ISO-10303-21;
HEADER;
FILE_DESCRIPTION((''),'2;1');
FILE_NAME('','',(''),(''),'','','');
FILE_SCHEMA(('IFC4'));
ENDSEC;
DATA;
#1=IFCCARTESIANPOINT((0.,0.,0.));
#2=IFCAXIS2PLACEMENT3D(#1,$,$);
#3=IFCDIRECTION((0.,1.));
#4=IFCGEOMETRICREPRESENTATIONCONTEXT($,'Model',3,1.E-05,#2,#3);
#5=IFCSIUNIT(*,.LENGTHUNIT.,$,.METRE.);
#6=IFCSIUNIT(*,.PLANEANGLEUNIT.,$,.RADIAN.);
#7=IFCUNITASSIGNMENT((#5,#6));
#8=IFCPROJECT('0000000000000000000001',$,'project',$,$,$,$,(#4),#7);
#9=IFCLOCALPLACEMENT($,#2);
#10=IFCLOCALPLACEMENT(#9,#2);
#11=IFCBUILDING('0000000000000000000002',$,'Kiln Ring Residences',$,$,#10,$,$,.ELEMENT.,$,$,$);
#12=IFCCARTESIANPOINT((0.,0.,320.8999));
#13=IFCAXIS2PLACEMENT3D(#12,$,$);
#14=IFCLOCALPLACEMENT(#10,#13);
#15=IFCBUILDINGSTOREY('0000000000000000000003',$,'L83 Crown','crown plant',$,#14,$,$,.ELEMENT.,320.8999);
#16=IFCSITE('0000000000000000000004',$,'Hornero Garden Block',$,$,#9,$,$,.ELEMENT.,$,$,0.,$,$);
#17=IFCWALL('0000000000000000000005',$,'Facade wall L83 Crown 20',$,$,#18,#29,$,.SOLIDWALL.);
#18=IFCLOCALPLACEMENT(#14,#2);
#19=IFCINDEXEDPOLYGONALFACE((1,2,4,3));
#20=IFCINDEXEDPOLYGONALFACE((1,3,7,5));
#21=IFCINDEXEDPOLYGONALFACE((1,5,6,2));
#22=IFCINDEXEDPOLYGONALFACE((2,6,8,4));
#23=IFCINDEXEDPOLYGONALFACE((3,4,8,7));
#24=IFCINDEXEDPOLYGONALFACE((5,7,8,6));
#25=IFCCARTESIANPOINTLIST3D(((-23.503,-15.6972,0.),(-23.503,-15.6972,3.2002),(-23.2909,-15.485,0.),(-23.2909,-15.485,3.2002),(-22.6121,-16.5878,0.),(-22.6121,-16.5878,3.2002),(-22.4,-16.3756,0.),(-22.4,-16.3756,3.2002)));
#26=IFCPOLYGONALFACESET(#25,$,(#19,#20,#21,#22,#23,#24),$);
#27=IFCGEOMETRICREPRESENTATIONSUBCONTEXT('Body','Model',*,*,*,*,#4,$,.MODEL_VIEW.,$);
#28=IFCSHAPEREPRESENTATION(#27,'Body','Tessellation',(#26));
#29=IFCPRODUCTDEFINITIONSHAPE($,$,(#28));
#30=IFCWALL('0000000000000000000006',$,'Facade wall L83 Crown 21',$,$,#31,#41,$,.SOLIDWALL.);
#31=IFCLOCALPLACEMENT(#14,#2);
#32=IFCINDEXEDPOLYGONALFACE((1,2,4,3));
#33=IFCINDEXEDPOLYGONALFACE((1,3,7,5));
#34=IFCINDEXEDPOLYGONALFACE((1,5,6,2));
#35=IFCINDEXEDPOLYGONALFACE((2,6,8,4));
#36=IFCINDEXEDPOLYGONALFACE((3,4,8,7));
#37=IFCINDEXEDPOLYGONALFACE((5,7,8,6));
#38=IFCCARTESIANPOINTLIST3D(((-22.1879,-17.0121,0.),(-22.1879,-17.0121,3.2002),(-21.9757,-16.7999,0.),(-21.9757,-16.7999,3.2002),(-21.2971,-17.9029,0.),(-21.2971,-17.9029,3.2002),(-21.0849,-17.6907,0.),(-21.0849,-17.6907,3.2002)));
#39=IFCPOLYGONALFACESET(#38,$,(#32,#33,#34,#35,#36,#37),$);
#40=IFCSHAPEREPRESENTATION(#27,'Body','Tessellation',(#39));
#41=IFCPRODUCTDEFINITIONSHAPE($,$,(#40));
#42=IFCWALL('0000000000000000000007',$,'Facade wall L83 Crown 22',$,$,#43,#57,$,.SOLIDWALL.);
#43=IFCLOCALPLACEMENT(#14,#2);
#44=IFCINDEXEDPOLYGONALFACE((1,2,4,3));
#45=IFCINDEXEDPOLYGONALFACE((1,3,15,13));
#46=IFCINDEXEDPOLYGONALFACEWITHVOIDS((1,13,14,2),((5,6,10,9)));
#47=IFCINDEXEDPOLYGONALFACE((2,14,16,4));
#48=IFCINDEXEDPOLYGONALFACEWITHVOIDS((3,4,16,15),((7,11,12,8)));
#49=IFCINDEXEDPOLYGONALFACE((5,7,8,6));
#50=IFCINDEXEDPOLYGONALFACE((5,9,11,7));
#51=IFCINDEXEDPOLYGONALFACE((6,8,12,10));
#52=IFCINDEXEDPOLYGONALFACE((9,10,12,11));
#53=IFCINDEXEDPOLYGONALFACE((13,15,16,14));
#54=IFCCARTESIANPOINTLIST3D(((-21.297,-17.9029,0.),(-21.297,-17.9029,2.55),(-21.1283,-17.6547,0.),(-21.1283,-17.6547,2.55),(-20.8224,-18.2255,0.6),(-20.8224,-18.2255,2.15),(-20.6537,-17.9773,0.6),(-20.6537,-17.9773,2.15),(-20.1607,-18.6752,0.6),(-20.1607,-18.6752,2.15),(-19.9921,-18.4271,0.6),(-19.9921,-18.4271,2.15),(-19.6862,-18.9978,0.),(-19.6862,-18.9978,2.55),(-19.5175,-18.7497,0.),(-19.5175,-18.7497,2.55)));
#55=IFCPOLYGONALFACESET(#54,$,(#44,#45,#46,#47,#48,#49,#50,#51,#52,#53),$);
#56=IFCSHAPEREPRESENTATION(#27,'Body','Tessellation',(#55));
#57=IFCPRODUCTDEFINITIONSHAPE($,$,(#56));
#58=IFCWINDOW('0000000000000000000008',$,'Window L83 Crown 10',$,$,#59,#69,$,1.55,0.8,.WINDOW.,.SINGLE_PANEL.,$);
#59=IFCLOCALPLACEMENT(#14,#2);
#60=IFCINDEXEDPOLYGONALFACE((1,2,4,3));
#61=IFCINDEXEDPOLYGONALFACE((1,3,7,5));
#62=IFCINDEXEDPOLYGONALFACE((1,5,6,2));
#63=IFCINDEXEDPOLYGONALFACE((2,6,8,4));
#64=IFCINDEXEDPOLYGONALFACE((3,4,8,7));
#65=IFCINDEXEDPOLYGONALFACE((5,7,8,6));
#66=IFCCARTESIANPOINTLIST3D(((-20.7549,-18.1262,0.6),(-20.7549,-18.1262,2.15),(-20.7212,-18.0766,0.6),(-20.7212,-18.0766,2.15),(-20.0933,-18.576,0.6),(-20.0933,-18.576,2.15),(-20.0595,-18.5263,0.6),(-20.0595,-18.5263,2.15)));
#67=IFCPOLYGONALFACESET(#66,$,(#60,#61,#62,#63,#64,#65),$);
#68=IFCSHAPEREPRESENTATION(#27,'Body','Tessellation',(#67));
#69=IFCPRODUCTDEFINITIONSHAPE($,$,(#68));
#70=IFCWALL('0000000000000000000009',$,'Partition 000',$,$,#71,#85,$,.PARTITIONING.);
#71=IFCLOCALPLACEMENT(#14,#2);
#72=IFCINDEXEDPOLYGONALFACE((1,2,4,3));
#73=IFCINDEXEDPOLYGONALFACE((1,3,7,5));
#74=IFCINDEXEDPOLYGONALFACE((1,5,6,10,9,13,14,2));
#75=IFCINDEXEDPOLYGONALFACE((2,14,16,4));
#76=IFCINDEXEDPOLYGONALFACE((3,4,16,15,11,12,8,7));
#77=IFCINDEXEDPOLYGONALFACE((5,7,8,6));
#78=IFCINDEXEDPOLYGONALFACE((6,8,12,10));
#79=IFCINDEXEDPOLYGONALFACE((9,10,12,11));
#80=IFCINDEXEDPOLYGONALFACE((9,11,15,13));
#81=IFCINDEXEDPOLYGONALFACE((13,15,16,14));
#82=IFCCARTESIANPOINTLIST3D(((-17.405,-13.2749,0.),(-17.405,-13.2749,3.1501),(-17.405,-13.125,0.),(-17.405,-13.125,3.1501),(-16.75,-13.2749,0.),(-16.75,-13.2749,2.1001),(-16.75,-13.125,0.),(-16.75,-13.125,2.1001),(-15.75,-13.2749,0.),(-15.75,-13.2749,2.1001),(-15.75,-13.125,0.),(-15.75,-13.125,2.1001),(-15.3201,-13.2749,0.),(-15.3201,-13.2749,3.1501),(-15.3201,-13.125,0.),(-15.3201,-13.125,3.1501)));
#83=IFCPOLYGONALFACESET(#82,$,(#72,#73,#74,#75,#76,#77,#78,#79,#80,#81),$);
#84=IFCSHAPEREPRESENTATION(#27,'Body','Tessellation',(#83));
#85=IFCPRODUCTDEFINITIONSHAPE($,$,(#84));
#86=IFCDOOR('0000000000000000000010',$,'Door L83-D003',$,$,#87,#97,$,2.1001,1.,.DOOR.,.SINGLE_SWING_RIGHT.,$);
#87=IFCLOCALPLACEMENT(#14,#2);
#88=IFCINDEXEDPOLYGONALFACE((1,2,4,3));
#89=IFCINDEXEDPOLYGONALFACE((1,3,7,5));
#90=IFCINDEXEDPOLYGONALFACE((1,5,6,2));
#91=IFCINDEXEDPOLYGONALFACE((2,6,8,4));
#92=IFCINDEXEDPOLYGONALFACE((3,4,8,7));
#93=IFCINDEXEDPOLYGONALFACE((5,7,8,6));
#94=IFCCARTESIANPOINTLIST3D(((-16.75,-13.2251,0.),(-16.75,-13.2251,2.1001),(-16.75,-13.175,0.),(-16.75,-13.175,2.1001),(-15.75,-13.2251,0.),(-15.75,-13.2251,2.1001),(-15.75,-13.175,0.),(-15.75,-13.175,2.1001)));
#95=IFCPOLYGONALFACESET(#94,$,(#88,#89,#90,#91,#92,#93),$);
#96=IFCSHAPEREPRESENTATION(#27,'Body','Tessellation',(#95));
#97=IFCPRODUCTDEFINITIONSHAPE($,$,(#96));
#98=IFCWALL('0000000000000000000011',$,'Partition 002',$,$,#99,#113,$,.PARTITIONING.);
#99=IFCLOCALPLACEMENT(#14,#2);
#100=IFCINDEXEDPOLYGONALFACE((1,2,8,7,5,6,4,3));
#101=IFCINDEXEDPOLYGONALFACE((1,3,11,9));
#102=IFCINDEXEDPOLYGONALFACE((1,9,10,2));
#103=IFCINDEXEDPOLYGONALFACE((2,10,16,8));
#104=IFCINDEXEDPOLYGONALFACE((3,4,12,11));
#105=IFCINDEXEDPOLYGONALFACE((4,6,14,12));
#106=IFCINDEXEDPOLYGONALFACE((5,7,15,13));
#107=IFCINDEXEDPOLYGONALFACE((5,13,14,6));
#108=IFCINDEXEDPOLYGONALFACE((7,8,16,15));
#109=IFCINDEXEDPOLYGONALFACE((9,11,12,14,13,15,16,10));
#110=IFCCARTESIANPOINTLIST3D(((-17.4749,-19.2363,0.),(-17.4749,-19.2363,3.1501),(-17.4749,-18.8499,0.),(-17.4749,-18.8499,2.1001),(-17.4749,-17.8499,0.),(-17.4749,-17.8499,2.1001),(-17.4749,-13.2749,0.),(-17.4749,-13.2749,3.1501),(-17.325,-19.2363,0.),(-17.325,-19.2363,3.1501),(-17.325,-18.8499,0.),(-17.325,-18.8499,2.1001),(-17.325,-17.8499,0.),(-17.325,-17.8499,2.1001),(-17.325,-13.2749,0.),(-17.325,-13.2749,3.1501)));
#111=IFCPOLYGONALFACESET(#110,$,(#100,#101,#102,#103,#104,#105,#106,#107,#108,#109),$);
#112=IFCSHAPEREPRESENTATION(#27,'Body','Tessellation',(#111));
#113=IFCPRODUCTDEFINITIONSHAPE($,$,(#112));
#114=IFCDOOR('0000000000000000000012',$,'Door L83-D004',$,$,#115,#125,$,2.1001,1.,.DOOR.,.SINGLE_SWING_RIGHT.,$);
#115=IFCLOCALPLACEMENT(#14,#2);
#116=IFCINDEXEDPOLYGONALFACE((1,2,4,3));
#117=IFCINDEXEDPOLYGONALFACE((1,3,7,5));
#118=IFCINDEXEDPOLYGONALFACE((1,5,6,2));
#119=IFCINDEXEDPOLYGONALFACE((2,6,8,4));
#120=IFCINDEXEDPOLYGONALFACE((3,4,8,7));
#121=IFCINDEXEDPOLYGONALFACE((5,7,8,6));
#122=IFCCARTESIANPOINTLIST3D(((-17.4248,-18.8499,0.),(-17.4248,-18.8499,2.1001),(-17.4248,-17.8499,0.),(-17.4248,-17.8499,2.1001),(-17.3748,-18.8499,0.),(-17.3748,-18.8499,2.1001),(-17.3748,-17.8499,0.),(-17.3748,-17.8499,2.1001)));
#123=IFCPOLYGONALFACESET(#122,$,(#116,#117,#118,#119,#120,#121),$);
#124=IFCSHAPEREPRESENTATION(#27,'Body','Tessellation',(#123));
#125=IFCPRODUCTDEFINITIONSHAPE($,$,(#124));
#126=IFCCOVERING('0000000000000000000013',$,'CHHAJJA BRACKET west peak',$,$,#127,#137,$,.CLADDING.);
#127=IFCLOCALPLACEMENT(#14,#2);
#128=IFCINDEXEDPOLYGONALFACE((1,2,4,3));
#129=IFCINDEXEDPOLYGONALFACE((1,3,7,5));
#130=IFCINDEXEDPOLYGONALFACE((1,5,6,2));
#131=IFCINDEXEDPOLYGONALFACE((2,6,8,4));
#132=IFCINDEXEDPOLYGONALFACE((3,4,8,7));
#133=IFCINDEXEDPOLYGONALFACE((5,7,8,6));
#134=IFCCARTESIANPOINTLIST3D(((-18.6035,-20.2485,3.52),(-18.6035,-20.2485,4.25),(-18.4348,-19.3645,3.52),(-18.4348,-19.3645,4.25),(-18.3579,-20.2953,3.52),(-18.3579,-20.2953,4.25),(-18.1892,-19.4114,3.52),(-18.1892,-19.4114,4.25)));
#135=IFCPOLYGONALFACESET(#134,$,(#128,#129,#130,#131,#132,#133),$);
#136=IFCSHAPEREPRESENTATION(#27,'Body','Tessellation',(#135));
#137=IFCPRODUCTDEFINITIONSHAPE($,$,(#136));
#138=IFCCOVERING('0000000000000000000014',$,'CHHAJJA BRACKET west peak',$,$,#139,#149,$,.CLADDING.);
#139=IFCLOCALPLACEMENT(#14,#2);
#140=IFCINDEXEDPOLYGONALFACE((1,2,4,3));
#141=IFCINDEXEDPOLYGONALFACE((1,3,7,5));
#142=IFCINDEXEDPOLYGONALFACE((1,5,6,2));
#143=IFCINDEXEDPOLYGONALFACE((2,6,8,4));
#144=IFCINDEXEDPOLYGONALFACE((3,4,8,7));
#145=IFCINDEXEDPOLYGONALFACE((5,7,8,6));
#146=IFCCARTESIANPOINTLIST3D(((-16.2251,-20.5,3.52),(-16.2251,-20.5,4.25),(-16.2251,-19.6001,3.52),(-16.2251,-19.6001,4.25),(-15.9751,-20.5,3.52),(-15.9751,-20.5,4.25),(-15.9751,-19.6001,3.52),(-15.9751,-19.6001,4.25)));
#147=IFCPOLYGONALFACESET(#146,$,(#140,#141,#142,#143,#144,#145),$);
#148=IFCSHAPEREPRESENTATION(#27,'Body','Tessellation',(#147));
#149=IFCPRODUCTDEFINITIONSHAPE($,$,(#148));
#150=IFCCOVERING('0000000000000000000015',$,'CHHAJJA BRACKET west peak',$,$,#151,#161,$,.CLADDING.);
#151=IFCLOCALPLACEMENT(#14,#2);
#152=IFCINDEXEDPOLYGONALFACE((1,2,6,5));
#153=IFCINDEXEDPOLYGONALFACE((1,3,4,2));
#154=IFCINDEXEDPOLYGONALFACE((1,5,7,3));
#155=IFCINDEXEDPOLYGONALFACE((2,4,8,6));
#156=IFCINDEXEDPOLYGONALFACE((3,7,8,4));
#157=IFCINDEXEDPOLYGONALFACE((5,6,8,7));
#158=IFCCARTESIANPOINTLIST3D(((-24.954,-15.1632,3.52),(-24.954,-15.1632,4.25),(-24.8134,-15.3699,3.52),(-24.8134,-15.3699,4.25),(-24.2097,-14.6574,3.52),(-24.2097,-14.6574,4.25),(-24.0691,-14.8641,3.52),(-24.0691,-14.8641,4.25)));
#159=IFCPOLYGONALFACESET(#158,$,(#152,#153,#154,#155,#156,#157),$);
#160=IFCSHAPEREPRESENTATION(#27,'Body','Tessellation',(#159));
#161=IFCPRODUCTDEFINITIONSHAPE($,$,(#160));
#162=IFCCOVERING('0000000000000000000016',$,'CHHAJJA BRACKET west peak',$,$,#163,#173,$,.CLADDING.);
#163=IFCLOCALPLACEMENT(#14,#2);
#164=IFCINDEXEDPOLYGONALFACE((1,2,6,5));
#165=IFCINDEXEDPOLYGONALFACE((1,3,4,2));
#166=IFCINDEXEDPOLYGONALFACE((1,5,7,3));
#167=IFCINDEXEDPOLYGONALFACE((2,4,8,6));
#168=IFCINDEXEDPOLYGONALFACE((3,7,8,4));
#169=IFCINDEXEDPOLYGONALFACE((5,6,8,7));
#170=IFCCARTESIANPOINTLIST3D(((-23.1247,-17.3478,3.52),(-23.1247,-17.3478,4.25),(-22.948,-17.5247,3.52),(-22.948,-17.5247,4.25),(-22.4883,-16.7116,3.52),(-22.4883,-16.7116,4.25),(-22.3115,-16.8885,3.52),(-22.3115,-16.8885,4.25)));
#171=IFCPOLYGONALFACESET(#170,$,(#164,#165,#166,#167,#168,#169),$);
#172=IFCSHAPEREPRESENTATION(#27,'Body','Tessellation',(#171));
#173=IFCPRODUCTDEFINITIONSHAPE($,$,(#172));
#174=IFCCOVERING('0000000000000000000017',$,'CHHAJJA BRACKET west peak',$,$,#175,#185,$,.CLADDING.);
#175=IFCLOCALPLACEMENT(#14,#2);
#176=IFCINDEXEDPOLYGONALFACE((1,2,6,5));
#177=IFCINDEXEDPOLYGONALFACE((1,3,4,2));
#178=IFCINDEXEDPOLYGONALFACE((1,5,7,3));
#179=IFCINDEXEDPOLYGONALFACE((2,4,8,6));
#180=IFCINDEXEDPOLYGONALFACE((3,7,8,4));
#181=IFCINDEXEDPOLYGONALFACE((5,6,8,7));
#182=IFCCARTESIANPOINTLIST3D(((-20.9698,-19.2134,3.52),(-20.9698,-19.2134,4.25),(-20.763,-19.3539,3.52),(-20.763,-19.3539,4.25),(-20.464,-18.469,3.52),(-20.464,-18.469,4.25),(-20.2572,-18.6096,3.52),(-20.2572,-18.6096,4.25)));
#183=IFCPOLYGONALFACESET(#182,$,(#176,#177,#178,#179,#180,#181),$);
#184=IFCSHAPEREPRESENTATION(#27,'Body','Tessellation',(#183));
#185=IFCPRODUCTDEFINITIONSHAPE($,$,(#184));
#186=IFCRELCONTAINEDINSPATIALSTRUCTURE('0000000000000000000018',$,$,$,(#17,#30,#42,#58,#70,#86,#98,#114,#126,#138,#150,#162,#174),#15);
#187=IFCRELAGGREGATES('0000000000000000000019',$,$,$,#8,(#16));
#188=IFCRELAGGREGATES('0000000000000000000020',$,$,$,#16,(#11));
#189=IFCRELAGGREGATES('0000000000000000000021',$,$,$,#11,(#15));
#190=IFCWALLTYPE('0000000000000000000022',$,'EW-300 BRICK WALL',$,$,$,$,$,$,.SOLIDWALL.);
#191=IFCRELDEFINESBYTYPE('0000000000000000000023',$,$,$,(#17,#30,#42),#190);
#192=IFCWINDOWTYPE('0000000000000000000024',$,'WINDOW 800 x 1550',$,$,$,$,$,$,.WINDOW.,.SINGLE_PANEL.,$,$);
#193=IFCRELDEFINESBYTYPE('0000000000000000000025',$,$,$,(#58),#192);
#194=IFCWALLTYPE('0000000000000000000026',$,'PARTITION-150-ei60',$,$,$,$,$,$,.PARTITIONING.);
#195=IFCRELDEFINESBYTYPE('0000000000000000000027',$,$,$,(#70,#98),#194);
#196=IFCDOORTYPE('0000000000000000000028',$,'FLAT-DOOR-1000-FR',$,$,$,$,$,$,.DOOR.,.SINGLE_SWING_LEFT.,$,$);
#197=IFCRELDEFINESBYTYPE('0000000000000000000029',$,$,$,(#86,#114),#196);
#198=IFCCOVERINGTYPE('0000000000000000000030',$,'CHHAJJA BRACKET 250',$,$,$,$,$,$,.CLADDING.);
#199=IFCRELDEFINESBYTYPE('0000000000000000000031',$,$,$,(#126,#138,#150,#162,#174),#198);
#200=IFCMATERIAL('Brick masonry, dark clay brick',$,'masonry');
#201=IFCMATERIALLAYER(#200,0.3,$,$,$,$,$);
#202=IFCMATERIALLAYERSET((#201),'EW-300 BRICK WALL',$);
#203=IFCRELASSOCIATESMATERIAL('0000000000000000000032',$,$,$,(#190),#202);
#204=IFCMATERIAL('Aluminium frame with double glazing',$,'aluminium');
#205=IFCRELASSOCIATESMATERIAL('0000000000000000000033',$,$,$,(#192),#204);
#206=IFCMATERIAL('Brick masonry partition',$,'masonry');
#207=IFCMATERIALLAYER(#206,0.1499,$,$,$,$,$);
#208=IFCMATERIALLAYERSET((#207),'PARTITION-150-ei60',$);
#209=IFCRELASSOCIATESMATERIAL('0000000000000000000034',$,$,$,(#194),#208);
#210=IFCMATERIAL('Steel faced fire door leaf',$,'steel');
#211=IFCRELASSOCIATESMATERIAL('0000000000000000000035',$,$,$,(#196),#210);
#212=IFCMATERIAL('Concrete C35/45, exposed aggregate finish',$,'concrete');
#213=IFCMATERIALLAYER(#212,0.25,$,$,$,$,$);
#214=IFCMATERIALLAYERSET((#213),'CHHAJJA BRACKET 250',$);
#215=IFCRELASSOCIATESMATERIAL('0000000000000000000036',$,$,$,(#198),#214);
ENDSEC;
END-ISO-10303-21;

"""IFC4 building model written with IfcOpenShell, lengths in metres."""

from ifc_helpers import new_model, si_unit, direction, frame, frame_2d, origin, place, context, subcontext, project, spatial, polyline, rectangle, outline, extrude, material, layer, layer_set, type_object, element, fill, save


model = new_model("IFC4")

# Units and contexts
model_context = context("Model", 3, precision=1e-05, world=origin(), true_north=direction((0.0, 1.0)))
body_context = subcontext(model_context, "Body", "Model", "MODEL_VIEW")
ifc_project = project(units=[si_unit("LENGTHUNIT", "METRE"), si_unit("PLANEANGLEUNIT", "RADIAN")], contexts=[model_context])

# Site, building, storey
site_placement = place(None, origin())
site = spatial("IfcSite", under=ifc_project, at=site_placement, Name="Hornero Garden Block", CompositionType="ELEMENT", RefElevation=0.0)
building_placement = place(site_placement, origin())
building = spatial("IfcBuilding", under=site, at=building_placement, Name="Kiln Ring Residences", CompositionType="ELEMENT")
storey_placement = place(building_placement, frame((0.0, 0.0, 320.8999)))
storey = spatial("IfcBuildingStorey", under=building, at=storey_placement, Name="L83 Crown", Description="crown plant", CompositionType="ELEMENT", Elevation=320.8999)

# Shared definitions
ifc_material_1 = material(Name="Brick masonry, dark clay brick", Category="masonry")
ifc_layer_1 = layer(ifc_material_1, 0.3)
ifc_layer_set_1 = layer_set([ifc_layer_1], Name="EW-300 BRICK WALL")
wall_type_1 = type_object("IfcWallType", Name="EW-300 BRICK WALL", PredefinedType="SOLIDWALL", material=ifc_layer_set_1)
ifc_material_2 = material(Name="Aluminium frame with double glazing", Category="aluminium")
window_type = type_object("IfcWindowType", Name="WINDOW 800 x 1550", PartitioningType="SINGLE_PANEL", PredefinedType="WINDOW", material=ifc_material_2)

# Walls
for number, where, z_axis, x_axis, name in (
    (1, (-23.397, -15.5911, 0.0), (0.0, 0.0, 1.0), (0.707204, -0.70701, 0.0), "Facade wall L83 Crown 20"),
    (2, (-22.0818, -16.906, 0.0), (0.0, 0.0, 1.0), (0.707107, -0.707107, 0.0), "Facade wall L83 Crown 21"),
):
    element("IfcWall", number, at=place(storey_placement, frame(where, z_axis=z_axis, x_axis=x_axis)), inside=storey, type_object=wall_type_1, Name=name, PredefinedType="SOLIDWALL", context=body_context, shape_type="SweptSolid", body=[
        extrude(rectangle(XDim=1.2598, YDim=0.3, at=frame_2d((0.6299, 0.0))), origin(), (0.0, 0.0, 1.0), 3.2002),
    ])

# Wall, opening, window
wall_1_placement = place(storey_placement, frame((-21.2126, -17.7788, 0.0), z_axis=(0.0, 0.0, 1.0), x_axis=(0.827022, -0.562169, 0.0)))
wall_1 = element("IfcWall", 3, at=wall_1_placement, inside=storey, type_object=wall_type_1, Name="Facade wall L83 Crown 22", PredefinedType="SOLIDWALL", context=body_context, shape_type="SweptSolid", body=[
    extrude(rectangle(XDim=1.9478, YDim=0.3, at=frame_2d((0.9739, 0.0))), origin(), (0.0, 0.0, 1.0), 2.55),
])
opening_1_placement = place(wall_1_placement, frame((0.574, 0.0, 0.6001)))
opening_1 = element("IfcOpeningElement", 4, at=opening_1_placement, cuts=wall_1, PredefinedType="OPENING", context=body_context, shape_type="SweptSolid", body=[
    extrude(rectangle(XDim=0.8, YDim=1.55, at=frame_2d((0.3999, 0.7749))), frame((0.0, 0.1599, 0.0), z_axis=(0.0, -1.0, 0.0), x_axis=(1.0, 0.0, 0.0)), (0.0, 0.0, 1.0), 0.3201),
])
window_1_placement = place(opening_1_placement, origin())
window_1 = element("IfcWindow", 5, at=window_1_placement, inside=storey, type_object=window_type, Name="Window L83 Crown 10", OverallHeight=1.55, OverallWidth=0.8, PartitioningType="SINGLE_PANEL", PredefinedType="WINDOW", context=body_context, shape_type="SweptSolid", body=[
    extrude(rectangle(XDim=0.8, YDim=1.55, at=frame_2d((0.3999, 0.7749))), frame((0.0, 0.03, 0.0), z_axis=(0.0, -1.0, 0.0), x_axis=(1.0, 0.0, 0.0)), (0.0, 0.0, 1.0), 0.0601),
])
fill(opening_1, window_1)

# Walls, openings, doors
ifc_material_3 = material(Name="Brick masonry partition", Category="masonry")
ifc_layer_2 = layer(ifc_material_3, 0.1499)
ifc_layer_set_2 = layer_set([ifc_layer_2], Name="PARTITION-150-ei60")
wall_type_2 = type_object("IfcWallType", Name="PARTITION-150-ei60", PredefinedType="PARTITIONING", material=ifc_layer_set_2)
wall_2_placement = place(storey_placement, frame((-17.405, -13.2, 0.0), z_axis=(0.0, 0.0, 1.0), x_axis=(1.0, 0.0, 0.0)))
wall_2 = element("IfcWall", 6, at=wall_2_placement, inside=storey, type_object=wall_type_2, Name="Partition 000", PredefinedType="PARTITIONING", context=body_context, shape_type="SweptSolid", body=[
    extrude(rectangle(XDim=2.085, YDim=0.1499, at=frame_2d((1.0425, 0.0))), origin(), (0.0, 0.0, 1.0), 3.1501),
])
opening_2_placement = place(wall_2_placement, frame((0.655, 0.0, 0.0)))
opening_2 = element("IfcOpeningElement", 7, at=opening_2_placement, cuts=wall_2, PredefinedType="OPENING", context=body_context, shape_type="SweptSolid", body=[
    extrude(rectangle(XDim=1.0, YDim=2.1001, at=frame_2d((0.5, 1.05))), frame((0.0, 0.085, 0.0), z_axis=(0.0, -1.0, 0.0), x_axis=(1.0, 0.0, 0.0)), (0.0, 0.0, 1.0), 0.1699),
])
ifc_material_4 = material(Name="Steel faced fire door leaf", Category="steel")
door_type = type_object("IfcDoorType", Name="FLAT-DOOR-1000-FR", OperationType="SINGLE_SWING_LEFT", PredefinedType="DOOR", material=ifc_material_4)
door_1_placement = place(opening_2_placement, origin())
door_1 = element("IfcDoor", 8, at=door_1_placement, inside=storey, type_object=door_type, Name="Door L83-D003", OperationType="SINGLE_SWING_RIGHT", OverallHeight=2.1001, OverallWidth=1.0, PredefinedType="DOOR", context=body_context, shape_type="SweptSolid", body=[
    extrude(rectangle(XDim=1.0, YDim=2.1001, at=frame_2d((0.5, 1.05))), frame((0.0, 0.0249, 0.0), z_axis=(0.0, -1.0, 0.0), x_axis=(1.0, 0.0, 0.0)), (0.0, 0.0, 1.0), 0.05),
])
fill(opening_2, door_1)
wall_3_placement = place(storey_placement, frame((-17.3999, -19.2363, 0.0), z_axis=(0.0, 0.0, 1.0), x_axis=(0.0, 1.0, 0.0)))
wall_3 = element("IfcWall", 9, at=wall_3_placement, inside=storey, type_object=wall_type_2, Name="Partition 002", PredefinedType="PARTITIONING", context=body_context, shape_type="SweptSolid", body=[
    extrude(rectangle(XDim=5.9614, YDim=0.1499, at=frame_2d((2.9807, 0.0))), origin(), (0.0, 0.0, 1.0), 3.1501),
])
opening_3_placement = place(wall_3_placement, frame((0.3865, 0.0, 0.0)))
opening_3 = element("IfcOpeningElement", 10, at=opening_3_placement, cuts=wall_3, PredefinedType="OPENING", context=body_context, shape_type="SweptSolid", body=[
    extrude(rectangle(XDim=1.0, YDim=2.1001, at=frame_2d((0.5, 1.05))), frame((0.0, 0.085, 0.0), z_axis=(0.0, -1.0, 0.0), x_axis=(1.0, 0.0, 0.0)), (0.0, 0.0, 1.0), 0.1699),
])
door_2_placement = place(opening_3_placement, origin())
door_2 = element("IfcDoor", 11, at=door_2_placement, inside=storey, type_object=door_type, Name="Door L83-D004", OperationType="SINGLE_SWING_RIGHT", OverallHeight=2.1001, OverallWidth=1.0, PredefinedType="DOOR", context=body_context, shape_type="SweptSolid", body=[
    extrude(rectangle(XDim=1.0, YDim=2.1001, at=frame_2d((0.5, 1.05))), frame((0.0, 0.0249, 0.0), z_axis=(0.0, -1.0, 0.0), x_axis=(1.0, 0.0, 0.0)), (0.0, 0.0, 1.0), 0.05),
])
fill(opening_3, door_2)

# Coverings
ifc_material_5 = material(Name="Concrete C35/45, exposed aggregate finish", Category="concrete")
ifc_layer_3 = layer(ifc_material_5, 0.25)
ifc_layer_set_3 = layer_set([ifc_layer_3], Name="CHHAJJA BRACKET 250")
covering_type = type_object("IfcCoveringType", Name="CHHAJJA BRACKET 250", PredefinedType="CLADDING", material=ifc_layer_set_3)
for number, where, z_axis, x_axis, name in (
    (12, (-18.312, -19.3879, 3.52), (0.0, 0.0, 1.0), (-0.187449, -0.982274, 0.0), "CHHAJJA BRACKET west peak"),
    (13, (-16.1001, -19.6001, 3.52), (0.0, 0.0, 1.0), (0.0, -1.0, 0.0), "CHHAJJA BRACKET west peak"),
    (14, (-24.1394, -14.7607, 3.52), (0.0, 0.0, 1.0), (-0.827093, -0.562065, 0.0), "CHHAJJA BRACKET west peak"),
    (15, (-22.3999, -16.8, 3.52), (0.0, 0.0, 1.0), (-0.707242, -0.706971, 0.0), "CHHAJJA BRACKET west peak"),
    (16, (-20.3606, -18.5393, 3.52), (0.0, 0.0, 1.0), (-0.562065, -0.827093, 0.0), "CHHAJJA BRACKET west peak"),
):
    element("IfcCovering", number, at=place(storey_placement, frame(where, z_axis=z_axis, x_axis=x_axis)), inside=storey, type_object=covering_type, Name=name, PredefinedType="CLADDING", context=body_context, shape_type="SweptSolid", body=[
        extrude(outline(polyline([(0.0, 0.0), (0.8999, 0.0), (0.8999, 0.73), (0.0, 0.73), (0.0, 0.0), (0.0, 0.0)])), frame((0.0, 0.125, 0.0), z_axis=(0.0, -1.0, 0.0), x_axis=(1.0, 0.0, 0.0)), (0.0, 0.0, 1.0), 0.25),
    ])

save(model, "model.ifc")
